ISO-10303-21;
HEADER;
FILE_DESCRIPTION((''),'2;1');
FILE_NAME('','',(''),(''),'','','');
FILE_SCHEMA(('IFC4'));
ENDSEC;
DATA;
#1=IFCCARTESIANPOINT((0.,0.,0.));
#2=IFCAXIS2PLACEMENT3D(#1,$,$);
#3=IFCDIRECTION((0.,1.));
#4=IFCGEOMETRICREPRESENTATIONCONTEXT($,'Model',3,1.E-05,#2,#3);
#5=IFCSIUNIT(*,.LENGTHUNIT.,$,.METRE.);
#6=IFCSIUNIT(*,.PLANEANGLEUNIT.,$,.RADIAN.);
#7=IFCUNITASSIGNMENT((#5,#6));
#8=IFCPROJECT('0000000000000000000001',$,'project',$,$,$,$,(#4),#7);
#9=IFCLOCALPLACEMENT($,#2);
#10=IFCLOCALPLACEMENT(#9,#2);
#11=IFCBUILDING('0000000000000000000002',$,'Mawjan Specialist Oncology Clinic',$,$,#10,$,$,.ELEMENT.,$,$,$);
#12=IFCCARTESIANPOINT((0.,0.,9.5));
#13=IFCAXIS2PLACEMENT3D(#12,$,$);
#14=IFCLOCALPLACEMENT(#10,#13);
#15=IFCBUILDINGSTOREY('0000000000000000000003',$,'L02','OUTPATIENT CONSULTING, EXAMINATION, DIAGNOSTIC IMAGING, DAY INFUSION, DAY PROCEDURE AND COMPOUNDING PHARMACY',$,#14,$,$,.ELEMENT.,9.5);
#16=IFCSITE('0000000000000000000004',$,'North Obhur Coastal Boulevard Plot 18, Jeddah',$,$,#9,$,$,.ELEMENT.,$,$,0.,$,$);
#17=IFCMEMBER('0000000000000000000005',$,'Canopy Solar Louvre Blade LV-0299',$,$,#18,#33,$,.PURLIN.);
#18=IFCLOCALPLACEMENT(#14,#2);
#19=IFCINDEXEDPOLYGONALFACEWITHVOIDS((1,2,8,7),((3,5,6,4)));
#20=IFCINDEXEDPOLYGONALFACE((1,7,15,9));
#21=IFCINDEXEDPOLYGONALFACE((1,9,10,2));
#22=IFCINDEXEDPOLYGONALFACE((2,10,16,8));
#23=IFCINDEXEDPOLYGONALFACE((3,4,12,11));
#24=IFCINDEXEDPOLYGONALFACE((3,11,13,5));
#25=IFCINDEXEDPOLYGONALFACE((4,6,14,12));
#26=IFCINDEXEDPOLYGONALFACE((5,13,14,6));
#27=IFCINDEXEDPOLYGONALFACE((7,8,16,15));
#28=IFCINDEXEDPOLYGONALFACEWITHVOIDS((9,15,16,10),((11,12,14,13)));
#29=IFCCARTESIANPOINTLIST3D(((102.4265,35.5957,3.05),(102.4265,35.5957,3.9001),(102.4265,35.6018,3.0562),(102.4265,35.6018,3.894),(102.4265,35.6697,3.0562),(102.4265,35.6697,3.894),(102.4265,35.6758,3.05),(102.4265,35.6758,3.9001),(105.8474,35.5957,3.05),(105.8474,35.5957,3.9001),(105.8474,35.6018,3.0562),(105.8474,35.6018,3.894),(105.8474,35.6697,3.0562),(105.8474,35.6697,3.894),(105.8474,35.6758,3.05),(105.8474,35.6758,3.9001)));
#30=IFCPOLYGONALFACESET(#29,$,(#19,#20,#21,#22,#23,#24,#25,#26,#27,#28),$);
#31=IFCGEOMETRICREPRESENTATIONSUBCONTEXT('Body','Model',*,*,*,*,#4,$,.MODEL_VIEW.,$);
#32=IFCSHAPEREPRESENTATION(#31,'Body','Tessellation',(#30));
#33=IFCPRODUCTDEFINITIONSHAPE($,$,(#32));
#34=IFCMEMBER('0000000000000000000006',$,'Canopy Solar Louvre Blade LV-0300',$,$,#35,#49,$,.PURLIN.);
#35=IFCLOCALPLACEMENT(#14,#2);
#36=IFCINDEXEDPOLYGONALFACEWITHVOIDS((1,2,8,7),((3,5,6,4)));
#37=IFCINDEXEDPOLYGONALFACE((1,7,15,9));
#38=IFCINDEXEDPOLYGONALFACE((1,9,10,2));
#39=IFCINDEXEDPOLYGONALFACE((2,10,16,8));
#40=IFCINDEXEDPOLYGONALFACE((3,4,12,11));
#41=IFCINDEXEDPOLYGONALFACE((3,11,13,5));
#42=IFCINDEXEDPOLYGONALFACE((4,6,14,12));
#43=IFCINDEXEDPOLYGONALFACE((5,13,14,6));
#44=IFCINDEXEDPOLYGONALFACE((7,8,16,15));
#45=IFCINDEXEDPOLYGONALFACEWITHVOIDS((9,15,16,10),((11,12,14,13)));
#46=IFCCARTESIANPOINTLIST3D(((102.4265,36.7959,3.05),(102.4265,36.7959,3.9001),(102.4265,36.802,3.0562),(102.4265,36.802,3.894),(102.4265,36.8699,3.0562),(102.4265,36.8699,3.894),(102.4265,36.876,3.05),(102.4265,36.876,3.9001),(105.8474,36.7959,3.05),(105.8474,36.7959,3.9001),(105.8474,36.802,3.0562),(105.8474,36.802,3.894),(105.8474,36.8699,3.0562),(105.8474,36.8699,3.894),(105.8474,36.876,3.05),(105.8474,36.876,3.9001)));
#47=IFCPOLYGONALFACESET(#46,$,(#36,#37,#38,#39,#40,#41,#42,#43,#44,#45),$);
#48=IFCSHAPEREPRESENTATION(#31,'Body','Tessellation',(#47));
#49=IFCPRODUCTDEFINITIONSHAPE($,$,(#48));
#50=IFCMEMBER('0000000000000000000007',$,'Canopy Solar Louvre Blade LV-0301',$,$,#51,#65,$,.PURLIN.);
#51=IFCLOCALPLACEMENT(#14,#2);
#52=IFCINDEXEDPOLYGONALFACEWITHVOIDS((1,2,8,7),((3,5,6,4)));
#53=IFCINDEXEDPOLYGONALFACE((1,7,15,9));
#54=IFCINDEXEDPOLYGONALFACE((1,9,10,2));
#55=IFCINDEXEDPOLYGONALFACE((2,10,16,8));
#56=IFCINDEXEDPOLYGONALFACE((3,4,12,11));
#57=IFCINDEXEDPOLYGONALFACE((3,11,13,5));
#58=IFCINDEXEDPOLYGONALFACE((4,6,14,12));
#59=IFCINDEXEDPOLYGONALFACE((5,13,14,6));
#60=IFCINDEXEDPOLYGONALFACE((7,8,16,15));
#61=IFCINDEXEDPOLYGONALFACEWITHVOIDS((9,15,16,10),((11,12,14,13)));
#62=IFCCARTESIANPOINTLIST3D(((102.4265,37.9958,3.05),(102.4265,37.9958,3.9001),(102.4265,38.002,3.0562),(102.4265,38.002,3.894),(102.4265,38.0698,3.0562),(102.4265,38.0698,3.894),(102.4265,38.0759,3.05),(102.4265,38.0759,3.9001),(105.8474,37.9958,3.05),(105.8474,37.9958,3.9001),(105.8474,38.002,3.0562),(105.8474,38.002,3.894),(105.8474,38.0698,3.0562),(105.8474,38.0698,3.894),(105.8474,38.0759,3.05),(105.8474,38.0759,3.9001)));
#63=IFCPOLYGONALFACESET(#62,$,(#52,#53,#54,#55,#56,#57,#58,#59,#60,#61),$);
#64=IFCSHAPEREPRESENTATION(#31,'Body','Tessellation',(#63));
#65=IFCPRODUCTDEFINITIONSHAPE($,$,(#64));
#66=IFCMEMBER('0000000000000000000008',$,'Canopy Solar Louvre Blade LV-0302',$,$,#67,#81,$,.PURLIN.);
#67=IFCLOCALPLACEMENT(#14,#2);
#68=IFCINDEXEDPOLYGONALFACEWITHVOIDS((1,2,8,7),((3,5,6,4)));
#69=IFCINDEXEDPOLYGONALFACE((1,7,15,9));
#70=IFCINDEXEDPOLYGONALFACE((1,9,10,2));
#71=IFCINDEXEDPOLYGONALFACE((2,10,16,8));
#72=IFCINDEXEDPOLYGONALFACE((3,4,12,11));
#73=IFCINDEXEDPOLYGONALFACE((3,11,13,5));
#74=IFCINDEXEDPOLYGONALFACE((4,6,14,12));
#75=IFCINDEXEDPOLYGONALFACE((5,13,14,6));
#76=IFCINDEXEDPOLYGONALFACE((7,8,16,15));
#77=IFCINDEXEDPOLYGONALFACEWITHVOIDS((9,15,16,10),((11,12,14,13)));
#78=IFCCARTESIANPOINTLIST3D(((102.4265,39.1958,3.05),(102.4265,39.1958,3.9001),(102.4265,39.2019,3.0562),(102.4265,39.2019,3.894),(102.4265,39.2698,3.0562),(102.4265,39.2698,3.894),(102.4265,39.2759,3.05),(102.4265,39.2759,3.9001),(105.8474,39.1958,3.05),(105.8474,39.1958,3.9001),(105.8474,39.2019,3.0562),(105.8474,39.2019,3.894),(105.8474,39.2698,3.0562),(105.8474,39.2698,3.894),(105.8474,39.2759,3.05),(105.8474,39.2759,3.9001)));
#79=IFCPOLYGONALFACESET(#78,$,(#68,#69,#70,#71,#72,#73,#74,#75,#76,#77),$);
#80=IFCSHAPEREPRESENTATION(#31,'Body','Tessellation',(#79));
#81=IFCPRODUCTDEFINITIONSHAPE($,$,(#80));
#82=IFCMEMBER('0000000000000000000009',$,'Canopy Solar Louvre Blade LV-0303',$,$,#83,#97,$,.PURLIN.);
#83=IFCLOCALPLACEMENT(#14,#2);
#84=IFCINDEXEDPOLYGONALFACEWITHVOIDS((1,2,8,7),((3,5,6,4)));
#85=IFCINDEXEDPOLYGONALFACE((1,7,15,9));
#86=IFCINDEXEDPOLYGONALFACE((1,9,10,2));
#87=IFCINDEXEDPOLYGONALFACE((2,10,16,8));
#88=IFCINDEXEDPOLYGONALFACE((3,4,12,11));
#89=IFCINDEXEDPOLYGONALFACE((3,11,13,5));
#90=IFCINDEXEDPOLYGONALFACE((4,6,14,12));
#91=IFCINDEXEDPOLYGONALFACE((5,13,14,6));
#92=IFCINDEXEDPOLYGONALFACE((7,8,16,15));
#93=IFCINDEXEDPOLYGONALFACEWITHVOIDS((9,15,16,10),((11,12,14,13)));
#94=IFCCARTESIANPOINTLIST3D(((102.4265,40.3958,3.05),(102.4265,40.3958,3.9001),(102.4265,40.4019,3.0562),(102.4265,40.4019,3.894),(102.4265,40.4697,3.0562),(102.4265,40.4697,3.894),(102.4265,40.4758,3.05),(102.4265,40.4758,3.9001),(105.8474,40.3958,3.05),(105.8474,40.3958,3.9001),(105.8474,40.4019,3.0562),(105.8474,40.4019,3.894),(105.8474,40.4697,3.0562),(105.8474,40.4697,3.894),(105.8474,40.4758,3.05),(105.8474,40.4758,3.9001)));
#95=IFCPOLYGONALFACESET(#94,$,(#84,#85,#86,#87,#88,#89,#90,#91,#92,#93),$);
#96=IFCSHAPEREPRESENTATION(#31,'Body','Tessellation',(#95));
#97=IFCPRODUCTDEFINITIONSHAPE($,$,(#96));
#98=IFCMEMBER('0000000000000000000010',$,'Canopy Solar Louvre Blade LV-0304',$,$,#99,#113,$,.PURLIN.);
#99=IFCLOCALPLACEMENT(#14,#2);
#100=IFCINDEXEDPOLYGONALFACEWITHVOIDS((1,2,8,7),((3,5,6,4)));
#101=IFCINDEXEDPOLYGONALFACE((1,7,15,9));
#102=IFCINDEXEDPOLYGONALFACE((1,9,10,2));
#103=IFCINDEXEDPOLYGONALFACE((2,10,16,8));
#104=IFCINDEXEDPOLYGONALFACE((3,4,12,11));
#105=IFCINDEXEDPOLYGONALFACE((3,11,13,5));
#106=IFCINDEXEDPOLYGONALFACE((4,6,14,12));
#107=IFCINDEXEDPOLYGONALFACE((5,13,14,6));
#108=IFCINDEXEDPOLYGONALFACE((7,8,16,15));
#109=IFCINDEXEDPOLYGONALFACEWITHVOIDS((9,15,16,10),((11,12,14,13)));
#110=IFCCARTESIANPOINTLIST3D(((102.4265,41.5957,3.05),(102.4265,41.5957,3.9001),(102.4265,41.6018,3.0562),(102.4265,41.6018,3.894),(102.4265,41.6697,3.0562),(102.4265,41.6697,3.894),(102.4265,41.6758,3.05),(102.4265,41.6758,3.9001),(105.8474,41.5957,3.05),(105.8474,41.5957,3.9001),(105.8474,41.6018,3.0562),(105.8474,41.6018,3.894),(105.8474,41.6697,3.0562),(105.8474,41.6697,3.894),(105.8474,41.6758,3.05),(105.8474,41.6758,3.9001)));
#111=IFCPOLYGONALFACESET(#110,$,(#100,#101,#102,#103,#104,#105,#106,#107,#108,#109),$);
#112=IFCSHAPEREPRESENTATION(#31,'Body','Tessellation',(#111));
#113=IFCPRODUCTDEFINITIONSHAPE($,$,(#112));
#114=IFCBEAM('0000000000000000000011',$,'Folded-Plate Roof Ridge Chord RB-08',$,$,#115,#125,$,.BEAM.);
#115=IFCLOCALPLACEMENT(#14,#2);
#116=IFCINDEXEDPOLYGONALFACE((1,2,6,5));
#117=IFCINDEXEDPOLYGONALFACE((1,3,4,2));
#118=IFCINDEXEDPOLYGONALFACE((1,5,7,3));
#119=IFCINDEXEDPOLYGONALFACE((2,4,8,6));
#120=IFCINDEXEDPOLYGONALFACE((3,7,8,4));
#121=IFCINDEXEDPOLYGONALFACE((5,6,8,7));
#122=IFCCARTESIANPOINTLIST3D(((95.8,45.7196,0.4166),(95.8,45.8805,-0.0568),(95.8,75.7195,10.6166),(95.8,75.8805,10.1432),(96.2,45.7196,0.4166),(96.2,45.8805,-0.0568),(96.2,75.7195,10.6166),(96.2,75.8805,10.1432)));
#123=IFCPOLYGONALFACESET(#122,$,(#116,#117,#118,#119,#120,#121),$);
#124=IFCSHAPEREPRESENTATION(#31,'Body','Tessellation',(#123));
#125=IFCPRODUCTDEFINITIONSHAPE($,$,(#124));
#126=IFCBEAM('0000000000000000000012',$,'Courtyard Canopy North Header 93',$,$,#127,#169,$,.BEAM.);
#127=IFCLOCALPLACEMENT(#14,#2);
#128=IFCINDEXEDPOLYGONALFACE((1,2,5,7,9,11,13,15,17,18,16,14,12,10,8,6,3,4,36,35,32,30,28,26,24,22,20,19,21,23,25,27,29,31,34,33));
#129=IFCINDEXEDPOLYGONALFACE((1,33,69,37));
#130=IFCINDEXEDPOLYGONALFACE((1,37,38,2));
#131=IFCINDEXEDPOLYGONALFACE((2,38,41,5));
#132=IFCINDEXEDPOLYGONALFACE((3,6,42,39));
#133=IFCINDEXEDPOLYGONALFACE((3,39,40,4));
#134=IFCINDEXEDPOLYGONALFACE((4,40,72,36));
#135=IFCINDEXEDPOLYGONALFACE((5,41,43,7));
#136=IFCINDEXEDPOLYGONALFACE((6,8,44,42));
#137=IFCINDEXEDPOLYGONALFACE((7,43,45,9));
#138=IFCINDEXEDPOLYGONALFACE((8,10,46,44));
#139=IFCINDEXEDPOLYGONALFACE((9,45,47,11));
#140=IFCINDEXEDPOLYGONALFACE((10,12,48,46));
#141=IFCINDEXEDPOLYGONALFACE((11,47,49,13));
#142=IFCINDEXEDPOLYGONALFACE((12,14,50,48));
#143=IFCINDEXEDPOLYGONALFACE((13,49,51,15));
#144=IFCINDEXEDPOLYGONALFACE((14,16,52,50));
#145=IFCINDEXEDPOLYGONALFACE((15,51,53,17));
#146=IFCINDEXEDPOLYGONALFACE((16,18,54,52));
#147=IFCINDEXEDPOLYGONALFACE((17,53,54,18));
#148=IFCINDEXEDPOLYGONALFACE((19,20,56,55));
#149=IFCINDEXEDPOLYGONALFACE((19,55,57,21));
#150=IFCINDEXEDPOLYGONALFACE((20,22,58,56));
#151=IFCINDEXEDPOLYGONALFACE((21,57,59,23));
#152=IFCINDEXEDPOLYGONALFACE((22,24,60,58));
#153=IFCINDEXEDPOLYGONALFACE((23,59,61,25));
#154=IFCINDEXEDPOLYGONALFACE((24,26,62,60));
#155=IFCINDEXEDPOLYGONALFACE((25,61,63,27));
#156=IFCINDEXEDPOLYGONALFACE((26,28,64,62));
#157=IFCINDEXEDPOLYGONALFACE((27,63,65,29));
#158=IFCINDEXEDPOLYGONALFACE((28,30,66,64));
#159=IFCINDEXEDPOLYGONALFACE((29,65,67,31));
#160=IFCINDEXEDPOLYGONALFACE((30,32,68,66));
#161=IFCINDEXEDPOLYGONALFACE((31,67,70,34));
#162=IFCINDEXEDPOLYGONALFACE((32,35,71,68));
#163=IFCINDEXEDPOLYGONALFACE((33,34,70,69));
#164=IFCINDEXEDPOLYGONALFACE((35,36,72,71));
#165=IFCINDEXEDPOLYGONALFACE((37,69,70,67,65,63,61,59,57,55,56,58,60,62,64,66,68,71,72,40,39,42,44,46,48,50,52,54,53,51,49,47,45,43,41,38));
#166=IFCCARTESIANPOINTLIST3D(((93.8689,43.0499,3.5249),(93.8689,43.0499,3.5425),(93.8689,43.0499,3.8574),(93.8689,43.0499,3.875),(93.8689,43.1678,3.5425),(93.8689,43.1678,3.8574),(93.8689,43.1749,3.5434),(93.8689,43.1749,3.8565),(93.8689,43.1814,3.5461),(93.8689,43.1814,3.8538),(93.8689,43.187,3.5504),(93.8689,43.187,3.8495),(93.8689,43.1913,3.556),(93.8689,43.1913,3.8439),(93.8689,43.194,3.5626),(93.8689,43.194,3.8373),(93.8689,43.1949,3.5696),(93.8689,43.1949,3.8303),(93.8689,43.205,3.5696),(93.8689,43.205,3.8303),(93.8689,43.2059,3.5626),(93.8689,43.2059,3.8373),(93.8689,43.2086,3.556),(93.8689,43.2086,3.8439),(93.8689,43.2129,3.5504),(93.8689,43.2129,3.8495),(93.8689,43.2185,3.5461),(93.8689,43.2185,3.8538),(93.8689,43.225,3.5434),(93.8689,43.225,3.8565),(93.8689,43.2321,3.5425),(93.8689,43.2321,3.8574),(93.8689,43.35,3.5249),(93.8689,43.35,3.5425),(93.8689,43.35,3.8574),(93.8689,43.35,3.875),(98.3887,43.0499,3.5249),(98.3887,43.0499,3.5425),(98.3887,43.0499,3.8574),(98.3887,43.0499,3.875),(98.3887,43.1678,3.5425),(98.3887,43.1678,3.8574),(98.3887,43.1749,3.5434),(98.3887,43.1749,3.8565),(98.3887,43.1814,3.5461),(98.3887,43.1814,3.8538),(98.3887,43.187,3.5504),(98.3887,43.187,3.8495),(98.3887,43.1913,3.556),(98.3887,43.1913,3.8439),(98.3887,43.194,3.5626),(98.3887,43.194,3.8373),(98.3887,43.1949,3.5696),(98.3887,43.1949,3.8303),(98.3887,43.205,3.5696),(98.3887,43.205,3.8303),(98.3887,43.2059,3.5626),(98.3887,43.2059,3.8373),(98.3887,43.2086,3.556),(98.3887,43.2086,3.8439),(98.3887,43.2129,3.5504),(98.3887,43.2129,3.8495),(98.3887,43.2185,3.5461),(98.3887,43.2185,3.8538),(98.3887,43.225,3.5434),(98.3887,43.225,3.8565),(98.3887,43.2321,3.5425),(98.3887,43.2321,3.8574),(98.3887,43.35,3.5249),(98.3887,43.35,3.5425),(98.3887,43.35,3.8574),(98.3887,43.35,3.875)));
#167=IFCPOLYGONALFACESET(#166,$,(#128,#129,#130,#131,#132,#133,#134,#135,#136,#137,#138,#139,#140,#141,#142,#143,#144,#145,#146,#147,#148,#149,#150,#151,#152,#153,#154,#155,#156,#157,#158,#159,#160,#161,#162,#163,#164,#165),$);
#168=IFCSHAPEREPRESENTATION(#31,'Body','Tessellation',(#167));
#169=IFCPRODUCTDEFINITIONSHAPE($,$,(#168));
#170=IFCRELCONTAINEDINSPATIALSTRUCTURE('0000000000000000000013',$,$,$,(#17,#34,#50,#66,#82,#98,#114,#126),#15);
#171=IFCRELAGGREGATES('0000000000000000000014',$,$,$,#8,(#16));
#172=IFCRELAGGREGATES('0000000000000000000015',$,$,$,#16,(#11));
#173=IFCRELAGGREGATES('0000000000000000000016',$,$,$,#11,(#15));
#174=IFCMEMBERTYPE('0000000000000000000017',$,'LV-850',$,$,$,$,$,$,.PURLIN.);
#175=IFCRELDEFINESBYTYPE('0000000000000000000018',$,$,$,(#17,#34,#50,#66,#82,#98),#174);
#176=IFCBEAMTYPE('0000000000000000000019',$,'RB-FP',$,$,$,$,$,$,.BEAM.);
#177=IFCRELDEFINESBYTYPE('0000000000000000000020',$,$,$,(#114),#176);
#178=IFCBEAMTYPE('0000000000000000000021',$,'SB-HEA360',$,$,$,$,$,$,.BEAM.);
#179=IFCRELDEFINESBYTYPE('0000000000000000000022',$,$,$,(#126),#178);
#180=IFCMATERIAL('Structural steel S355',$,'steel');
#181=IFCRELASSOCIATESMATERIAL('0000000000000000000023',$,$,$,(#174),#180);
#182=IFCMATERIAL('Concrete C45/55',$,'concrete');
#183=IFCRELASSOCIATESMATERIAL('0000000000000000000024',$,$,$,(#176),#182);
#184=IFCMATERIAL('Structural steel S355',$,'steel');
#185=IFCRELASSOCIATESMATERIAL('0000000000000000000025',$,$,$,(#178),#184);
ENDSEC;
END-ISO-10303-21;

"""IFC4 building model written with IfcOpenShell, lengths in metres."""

from ifc_helpers import new_model, si_unit, direction, frame, origin, origin_2d, place, context, subcontext, project, spatial, rectangle, hollow_rectangle, i_section, extrude, material, material_profile, profile_set, type_object, element, save


model = new_model("IFC4")

# Units and contexts
model_context = context("Model", 3, precision=1e-05, world=origin(), true_north=direction((0.0, 1.0)))
body_context = subcontext(model_context, "Body", "Model", "MODEL_VIEW")
ifc_project = project(units=[si_unit("LENGTHUNIT", "METRE"), si_unit("PLANEANGLEUNIT", "RADIAN")], contexts=[model_context])

# Site, building, storey
site_placement = place(None, origin())
site = spatial("IfcSite", under=ifc_project, at=site_placement, Name="North Obhur Coastal Boulevard Plot 18, Jeddah", CompositionType="ELEMENT", RefElevation=0.0)
building_placement = place(site_placement, origin())
building = spatial("IfcBuilding", under=site, at=building_placement, Name="Mawjan Specialist Oncology Clinic", CompositionType="ELEMENT")
storey_placement = place(building_placement, frame((0.0, 0.0, 9.5)))
storey = spatial("IfcBuildingStorey", under=building, at=storey_placement, Name="L02", Description="OUTPATIENT CONSULTING, EXAMINATION, DIAGNOSTIC IMAGING, DAY INFUSION, DAY PROCEDURE AND COMPOUNDING PHARMACY", CompositionType="ELEMENT", Elevation=9.5)

# Members
ifc_material_1 = material(Name="Structural steel S355", Category="steel")
ifc_material_profile_1 = material_profile(ifc_material_1, hollow_rectangle(XDim=0.0801, YDim=0.8501, WallThickness=0.0061, at=origin_2d()), Name="LOUVRE 850x80x6", Category="steel")
ifc_profile_set_1 = profile_set([ifc_material_profile_1], Name="Structural steel S355")
member_type = type_object("IfcMemberType", Name="LV-850", PredefinedType="PURLIN", material=ifc_profile_set_1)
for number, where, z_axis, x_axis, name in (
    (1, (102.4265, 35.6357, 3.4751), (1.0, 0.0, 0.0), (0.0, 1.0, 0.0), "Canopy Solar Louvre Blade LV-0299"),
    (2, (102.4265, 36.8359, 3.4751), (1.0, 0.0, 0.0), (0.0, 1.0, 0.0), "Canopy Solar Louvre Blade LV-0300"),
    (3, (102.4265, 38.0359, 3.4751), (1.0, 0.0, 0.0), (0.0, 1.0, 0.0), "Canopy Solar Louvre Blade LV-0301"),
    (4, (102.4265, 39.2358, 3.4751), (1.0, 0.0, 0.0), (0.0, 1.0, 0.0), "Canopy Solar Louvre Blade LV-0302"),
    (5, (102.4265, 40.4358, 3.4751), (1.0, 0.0, 0.0), (0.0, 1.0, 0.0), "Canopy Solar Louvre Blade LV-0303"),
    (6, (102.4265, 41.6357, 3.4751), (1.0, 0.0, 0.0), (0.0, 1.0, 0.0), "Canopy Solar Louvre Blade LV-0304"),
):
    element("IfcMember", number, at=place(storey_placement, frame(where, z_axis=z_axis, x_axis=x_axis)), inside=storey, type_object=member_type, Name=name, PredefinedType="PURLIN", context=body_context, shape_type="SweptSolid", body=[
        extrude(hollow_rectangle(XDim=0.0801, YDim=0.8501, WallThickness=0.0061, at=origin_2d()), origin(), (0.0, 0.0, 1.0), 3.4209),
    ])

# Beams
ifc_material_2 = material(Name="Concrete C45/55", Category="concrete")
ifc_material_profile_2 = material_profile(ifc_material_2, rectangle(XDim=0.3999, YDim=0.5, at=origin_2d()), Name="RC CHORD 400x500", Category="concrete")
ifc_profile_set_2 = profile_set([ifc_material_profile_2], Name="Concrete C45/55")
beam_type_1 = type_object("IfcBeamType", Name="RB-FP", PredefinedType="BEAM", material=ifc_profile_set_2)
beam_1_placement = place(storey_placement, frame((96.0, 45.8, 0.1799), z_axis=(0.0, 0.946773, 0.321901), x_axis=(-1.0, 0.0, 0.0)))
element("IfcBeam", 7, at=beam_1_placement, inside=storey, type_object=beam_type_1, Name="Folded-Plate Roof Ridge Chord RB-08", PredefinedType="BEAM", context=body_context, shape_type="SweptSolid", body=[
    extrude(rectangle(XDim=0.3999, YDim=0.5, at=origin_2d()), origin(), (0.0, 0.0, 1.0), 31.6865),
])
ifc_material_3 = material(Name="Structural steel S355", Category="steel")
ifc_material_profile_3 = material_profile(ifc_material_3, i_section(OverallWidth=0.3, OverallDepth=0.3501, WebThickness=0.01, FlangeThickness=0.0176, FilletRadius=0.0271, at=origin_2d()), Name="HEA 360", Category="steel")
ifc_profile_set_3 = profile_set([ifc_material_profile_3], Name="Structural steel S355")
beam_type_2 = type_object("IfcBeamType", Name="SB-HEA360", PredefinedType="BEAM", material=ifc_profile_set_3)
beam_2_placement = place(storey_placement, frame((93.8689, 43.2, 3.7), z_axis=(1.0, 0.0, 0.0), x_axis=(0.0, 1.0, 0.0)))
element("IfcBeam", 8, at=beam_2_placement, inside=storey, type_object=beam_type_2, Name="Courtyard Canopy North Header 93", PredefinedType="BEAM", context=body_context, shape_type="SweptSolid", body=[
    extrude(i_section(OverallWidth=0.3, OverallDepth=0.3501, WebThickness=0.01, FlangeThickness=0.0176, FilletRadius=0.0271, at=origin_2d()), origin(), (0.0, 0.0, 1.0), 4.5198),
])

save(model, "model.ifc")
